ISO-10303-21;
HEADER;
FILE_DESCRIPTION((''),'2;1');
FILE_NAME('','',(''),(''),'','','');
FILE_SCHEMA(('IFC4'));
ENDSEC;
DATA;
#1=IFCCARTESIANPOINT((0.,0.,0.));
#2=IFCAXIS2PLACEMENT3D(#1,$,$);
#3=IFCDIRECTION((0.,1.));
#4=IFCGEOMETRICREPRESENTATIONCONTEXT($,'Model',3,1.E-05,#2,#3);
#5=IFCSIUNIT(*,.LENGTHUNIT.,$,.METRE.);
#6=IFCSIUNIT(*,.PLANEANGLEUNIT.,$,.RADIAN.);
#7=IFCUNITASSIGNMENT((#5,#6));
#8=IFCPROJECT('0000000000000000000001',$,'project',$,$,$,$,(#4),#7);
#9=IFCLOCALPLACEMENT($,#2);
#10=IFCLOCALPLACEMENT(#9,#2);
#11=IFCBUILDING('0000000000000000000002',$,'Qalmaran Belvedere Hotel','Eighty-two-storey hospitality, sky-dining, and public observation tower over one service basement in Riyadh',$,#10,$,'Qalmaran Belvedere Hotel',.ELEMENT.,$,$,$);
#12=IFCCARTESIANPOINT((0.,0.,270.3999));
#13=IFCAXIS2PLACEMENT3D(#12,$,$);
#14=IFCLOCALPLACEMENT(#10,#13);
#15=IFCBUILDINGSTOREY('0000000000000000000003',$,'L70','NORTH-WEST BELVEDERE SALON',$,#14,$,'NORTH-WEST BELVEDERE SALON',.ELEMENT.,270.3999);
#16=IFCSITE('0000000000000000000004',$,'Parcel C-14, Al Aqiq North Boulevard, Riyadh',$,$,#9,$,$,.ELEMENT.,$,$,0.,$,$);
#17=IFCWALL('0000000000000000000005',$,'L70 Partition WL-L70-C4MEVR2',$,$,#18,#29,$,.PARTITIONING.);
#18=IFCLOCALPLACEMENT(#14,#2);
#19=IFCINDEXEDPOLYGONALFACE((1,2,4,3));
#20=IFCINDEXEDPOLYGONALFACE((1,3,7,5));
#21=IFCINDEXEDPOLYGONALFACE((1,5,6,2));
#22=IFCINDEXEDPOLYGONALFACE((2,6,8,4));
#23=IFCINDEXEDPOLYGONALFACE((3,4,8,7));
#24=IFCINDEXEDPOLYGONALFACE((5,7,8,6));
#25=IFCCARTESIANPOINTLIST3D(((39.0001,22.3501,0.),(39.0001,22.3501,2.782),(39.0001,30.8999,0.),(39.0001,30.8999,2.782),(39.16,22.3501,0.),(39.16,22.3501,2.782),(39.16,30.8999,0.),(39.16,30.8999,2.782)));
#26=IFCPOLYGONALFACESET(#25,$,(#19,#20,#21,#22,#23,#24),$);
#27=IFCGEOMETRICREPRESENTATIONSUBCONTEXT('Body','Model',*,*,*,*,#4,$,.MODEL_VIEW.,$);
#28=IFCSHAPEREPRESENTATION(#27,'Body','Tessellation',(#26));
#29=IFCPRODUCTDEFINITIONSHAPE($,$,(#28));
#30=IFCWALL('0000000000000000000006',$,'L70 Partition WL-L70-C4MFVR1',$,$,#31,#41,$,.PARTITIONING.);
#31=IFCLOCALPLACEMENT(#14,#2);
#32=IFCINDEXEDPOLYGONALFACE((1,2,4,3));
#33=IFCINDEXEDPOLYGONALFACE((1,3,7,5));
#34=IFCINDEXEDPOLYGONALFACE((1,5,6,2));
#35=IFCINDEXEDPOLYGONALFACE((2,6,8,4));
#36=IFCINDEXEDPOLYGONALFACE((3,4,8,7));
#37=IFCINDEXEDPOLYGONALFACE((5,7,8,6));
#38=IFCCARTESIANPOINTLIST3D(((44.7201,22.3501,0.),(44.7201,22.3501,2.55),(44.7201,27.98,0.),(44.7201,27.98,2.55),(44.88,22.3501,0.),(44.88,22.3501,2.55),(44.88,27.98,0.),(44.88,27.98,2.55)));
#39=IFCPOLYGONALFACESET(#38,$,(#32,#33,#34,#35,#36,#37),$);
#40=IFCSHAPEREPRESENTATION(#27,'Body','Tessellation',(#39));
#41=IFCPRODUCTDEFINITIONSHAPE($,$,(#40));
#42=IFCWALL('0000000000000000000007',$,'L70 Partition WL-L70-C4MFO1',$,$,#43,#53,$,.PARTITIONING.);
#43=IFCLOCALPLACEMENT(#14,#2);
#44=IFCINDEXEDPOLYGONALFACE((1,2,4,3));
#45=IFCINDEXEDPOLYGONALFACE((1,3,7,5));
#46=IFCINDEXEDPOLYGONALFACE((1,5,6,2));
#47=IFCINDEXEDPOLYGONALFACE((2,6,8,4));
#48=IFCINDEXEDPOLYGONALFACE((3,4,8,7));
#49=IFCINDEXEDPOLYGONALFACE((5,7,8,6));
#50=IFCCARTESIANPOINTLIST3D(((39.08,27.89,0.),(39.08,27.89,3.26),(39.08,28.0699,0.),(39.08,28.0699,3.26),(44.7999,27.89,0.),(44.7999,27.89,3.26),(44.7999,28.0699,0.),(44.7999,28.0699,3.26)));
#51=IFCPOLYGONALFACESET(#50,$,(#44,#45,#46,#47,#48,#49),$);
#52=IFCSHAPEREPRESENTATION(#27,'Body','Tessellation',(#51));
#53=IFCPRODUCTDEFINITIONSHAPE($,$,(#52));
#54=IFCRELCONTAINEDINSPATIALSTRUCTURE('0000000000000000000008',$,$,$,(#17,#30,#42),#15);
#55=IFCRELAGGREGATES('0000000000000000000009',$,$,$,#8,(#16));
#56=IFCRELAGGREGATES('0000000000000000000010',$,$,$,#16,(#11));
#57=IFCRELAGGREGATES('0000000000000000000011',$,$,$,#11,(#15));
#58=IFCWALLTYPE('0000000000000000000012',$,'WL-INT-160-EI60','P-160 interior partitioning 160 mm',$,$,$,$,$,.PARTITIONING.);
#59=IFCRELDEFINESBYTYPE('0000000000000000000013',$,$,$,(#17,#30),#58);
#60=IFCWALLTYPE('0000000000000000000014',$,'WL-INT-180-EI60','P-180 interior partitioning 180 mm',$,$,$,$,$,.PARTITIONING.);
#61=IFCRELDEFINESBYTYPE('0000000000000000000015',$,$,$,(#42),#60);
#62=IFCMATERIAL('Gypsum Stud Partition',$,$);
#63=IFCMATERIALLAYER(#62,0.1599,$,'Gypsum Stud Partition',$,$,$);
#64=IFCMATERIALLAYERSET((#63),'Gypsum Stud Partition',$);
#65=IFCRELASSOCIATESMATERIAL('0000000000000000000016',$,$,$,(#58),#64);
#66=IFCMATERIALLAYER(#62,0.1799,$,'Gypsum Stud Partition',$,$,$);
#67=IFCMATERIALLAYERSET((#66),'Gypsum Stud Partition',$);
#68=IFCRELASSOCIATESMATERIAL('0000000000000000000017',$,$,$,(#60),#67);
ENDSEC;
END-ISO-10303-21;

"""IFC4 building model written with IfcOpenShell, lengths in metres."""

from ifc_helpers import new_model, si_unit, direction, frame, frame_2d, origin, place, context, subcontext, project, spatial, rectangle, extrude, material, layer, layer_set, type_object, element, save


model = new_model("IFC4")

# Units and contexts
model_context = context("Model", 3, precision=1e-05, world=origin(), true_north=direction((0.0, 1.0)))
body_context = subcontext(model_context, "Body", "Model", "MODEL_VIEW")
ifc_project = project(units=[si_unit("LENGTHUNIT", "METRE"), si_unit("PLANEANGLEUNIT", "RADIAN")], contexts=[model_context])

# Site, building, storey
site_placement = place(None, origin())
site = spatial("IfcSite", under=ifc_project, at=site_placement, Name="Parcel C-14, Al Aqiq North Boulevard, Riyadh", CompositionType="ELEMENT", RefElevation=0.0)
building_placement = place(site_placement, origin())
building = spatial("IfcBuilding", under=site, at=building_placement, Name="Qalmaran Belvedere Hotel", Description="Eighty-two-storey hospitality, sky-dining, and public observation tower over one service basement in Riyadh", LongName="Qalmaran Belvedere Hotel", CompositionType="ELEMENT")
storey_placement = place(building_placement, frame((0.0, 0.0, 270.3999)))
storey = spatial("IfcBuildingStorey", under=building, at=storey_placement, Name="L70", Description="NORTH-WEST BELVEDERE SALON", LongName="NORTH-WEST BELVEDERE SALON", CompositionType="ELEMENT", Elevation=270.3999)

# Shared definitions
ifc_material_1 = material(Name="Gypsum Stud Partition")
ifc_layer_1 = layer(ifc_material_1, 0.1599, Name="Gypsum Stud Partition")
ifc_layer_set_1 = layer_set([ifc_layer_1], Name="Gypsum Stud Partition")
wall_type_1 = type_object("IfcWallType", Name="WL-INT-160-EI60", Description="P-160 interior partitioning 160 mm", PredefinedType="PARTITIONING", material=ifc_layer_set_1)

# Walls
wall_1_placement = place(storey_placement, frame((39.0801, 22.3501, 0.0), z_axis=(0.0, 0.0, 1.0), x_axis=(0.0, 1.0, 0.0)))
element("IfcWall", 1, at=wall_1_placement, inside=storey, type_object=wall_type_1, Name="L70 Partition WL-L70-C4MEVR2", PredefinedType="PARTITIONING", context=body_context, shape_type="SweptSolid", body=[
    extrude(rectangle(XDim=8.5498, YDim=0.1599, at=frame_2d((4.2749, 0.0))), origin(), (0.0, 0.0, 1.0), 2.782),
])
wall_2_placement = place(storey_placement, frame((44.8, 22.3501, 0.0), z_axis=(0.0, 0.0, 1.0), x_axis=(0.0, 1.0, 0.0)))
element("IfcWall", 2, at=wall_2_placement, inside=storey, type_object=wall_type_1, Name="L70 Partition WL-L70-C4MFVR1", PredefinedType="PARTITIONING", context=body_context, shape_type="SweptSolid", body=[
    extrude(rectangle(XDim=5.6299, YDim=0.1599, at=frame_2d((2.8149, 0.0))), origin(), (0.0, 0.0, 1.0), 2.55),
])

# Shared definitions
ifc_layer_2 = layer(ifc_material_1, 0.1799, Name="Gypsum Stud Partition")
ifc_layer_set_2 = layer_set([ifc_layer_2], Name="Gypsum Stud Partition")
wall_type_2 = type_object("IfcWallType", Name="WL-INT-180-EI60", Description="P-180 interior partitioning 180 mm", PredefinedType="PARTITIONING", material=ifc_layer_set_2)

# Wall
wall_3_placement = place(storey_placement, frame((39.0801, 27.98, 0.0), z_axis=(0.0, 0.0, 1.0), x_axis=(1.0, 0.0, 0.0)))
element("IfcWall", 3, at=wall_3_placement, inside=storey, type_object=wall_type_2, Name="L70 Partition WL-L70-C4MFO1", PredefinedType="PARTITIONING", context=body_context, shape_type="SweptSolid", body=[
    extrude(rectangle(XDim=5.72, YDim=0.1799, at=frame_2d((2.8599, 0.0))), origin(), (0.0, 0.0, 1.0), 3.26),
])

save(model, "model.ifc")
